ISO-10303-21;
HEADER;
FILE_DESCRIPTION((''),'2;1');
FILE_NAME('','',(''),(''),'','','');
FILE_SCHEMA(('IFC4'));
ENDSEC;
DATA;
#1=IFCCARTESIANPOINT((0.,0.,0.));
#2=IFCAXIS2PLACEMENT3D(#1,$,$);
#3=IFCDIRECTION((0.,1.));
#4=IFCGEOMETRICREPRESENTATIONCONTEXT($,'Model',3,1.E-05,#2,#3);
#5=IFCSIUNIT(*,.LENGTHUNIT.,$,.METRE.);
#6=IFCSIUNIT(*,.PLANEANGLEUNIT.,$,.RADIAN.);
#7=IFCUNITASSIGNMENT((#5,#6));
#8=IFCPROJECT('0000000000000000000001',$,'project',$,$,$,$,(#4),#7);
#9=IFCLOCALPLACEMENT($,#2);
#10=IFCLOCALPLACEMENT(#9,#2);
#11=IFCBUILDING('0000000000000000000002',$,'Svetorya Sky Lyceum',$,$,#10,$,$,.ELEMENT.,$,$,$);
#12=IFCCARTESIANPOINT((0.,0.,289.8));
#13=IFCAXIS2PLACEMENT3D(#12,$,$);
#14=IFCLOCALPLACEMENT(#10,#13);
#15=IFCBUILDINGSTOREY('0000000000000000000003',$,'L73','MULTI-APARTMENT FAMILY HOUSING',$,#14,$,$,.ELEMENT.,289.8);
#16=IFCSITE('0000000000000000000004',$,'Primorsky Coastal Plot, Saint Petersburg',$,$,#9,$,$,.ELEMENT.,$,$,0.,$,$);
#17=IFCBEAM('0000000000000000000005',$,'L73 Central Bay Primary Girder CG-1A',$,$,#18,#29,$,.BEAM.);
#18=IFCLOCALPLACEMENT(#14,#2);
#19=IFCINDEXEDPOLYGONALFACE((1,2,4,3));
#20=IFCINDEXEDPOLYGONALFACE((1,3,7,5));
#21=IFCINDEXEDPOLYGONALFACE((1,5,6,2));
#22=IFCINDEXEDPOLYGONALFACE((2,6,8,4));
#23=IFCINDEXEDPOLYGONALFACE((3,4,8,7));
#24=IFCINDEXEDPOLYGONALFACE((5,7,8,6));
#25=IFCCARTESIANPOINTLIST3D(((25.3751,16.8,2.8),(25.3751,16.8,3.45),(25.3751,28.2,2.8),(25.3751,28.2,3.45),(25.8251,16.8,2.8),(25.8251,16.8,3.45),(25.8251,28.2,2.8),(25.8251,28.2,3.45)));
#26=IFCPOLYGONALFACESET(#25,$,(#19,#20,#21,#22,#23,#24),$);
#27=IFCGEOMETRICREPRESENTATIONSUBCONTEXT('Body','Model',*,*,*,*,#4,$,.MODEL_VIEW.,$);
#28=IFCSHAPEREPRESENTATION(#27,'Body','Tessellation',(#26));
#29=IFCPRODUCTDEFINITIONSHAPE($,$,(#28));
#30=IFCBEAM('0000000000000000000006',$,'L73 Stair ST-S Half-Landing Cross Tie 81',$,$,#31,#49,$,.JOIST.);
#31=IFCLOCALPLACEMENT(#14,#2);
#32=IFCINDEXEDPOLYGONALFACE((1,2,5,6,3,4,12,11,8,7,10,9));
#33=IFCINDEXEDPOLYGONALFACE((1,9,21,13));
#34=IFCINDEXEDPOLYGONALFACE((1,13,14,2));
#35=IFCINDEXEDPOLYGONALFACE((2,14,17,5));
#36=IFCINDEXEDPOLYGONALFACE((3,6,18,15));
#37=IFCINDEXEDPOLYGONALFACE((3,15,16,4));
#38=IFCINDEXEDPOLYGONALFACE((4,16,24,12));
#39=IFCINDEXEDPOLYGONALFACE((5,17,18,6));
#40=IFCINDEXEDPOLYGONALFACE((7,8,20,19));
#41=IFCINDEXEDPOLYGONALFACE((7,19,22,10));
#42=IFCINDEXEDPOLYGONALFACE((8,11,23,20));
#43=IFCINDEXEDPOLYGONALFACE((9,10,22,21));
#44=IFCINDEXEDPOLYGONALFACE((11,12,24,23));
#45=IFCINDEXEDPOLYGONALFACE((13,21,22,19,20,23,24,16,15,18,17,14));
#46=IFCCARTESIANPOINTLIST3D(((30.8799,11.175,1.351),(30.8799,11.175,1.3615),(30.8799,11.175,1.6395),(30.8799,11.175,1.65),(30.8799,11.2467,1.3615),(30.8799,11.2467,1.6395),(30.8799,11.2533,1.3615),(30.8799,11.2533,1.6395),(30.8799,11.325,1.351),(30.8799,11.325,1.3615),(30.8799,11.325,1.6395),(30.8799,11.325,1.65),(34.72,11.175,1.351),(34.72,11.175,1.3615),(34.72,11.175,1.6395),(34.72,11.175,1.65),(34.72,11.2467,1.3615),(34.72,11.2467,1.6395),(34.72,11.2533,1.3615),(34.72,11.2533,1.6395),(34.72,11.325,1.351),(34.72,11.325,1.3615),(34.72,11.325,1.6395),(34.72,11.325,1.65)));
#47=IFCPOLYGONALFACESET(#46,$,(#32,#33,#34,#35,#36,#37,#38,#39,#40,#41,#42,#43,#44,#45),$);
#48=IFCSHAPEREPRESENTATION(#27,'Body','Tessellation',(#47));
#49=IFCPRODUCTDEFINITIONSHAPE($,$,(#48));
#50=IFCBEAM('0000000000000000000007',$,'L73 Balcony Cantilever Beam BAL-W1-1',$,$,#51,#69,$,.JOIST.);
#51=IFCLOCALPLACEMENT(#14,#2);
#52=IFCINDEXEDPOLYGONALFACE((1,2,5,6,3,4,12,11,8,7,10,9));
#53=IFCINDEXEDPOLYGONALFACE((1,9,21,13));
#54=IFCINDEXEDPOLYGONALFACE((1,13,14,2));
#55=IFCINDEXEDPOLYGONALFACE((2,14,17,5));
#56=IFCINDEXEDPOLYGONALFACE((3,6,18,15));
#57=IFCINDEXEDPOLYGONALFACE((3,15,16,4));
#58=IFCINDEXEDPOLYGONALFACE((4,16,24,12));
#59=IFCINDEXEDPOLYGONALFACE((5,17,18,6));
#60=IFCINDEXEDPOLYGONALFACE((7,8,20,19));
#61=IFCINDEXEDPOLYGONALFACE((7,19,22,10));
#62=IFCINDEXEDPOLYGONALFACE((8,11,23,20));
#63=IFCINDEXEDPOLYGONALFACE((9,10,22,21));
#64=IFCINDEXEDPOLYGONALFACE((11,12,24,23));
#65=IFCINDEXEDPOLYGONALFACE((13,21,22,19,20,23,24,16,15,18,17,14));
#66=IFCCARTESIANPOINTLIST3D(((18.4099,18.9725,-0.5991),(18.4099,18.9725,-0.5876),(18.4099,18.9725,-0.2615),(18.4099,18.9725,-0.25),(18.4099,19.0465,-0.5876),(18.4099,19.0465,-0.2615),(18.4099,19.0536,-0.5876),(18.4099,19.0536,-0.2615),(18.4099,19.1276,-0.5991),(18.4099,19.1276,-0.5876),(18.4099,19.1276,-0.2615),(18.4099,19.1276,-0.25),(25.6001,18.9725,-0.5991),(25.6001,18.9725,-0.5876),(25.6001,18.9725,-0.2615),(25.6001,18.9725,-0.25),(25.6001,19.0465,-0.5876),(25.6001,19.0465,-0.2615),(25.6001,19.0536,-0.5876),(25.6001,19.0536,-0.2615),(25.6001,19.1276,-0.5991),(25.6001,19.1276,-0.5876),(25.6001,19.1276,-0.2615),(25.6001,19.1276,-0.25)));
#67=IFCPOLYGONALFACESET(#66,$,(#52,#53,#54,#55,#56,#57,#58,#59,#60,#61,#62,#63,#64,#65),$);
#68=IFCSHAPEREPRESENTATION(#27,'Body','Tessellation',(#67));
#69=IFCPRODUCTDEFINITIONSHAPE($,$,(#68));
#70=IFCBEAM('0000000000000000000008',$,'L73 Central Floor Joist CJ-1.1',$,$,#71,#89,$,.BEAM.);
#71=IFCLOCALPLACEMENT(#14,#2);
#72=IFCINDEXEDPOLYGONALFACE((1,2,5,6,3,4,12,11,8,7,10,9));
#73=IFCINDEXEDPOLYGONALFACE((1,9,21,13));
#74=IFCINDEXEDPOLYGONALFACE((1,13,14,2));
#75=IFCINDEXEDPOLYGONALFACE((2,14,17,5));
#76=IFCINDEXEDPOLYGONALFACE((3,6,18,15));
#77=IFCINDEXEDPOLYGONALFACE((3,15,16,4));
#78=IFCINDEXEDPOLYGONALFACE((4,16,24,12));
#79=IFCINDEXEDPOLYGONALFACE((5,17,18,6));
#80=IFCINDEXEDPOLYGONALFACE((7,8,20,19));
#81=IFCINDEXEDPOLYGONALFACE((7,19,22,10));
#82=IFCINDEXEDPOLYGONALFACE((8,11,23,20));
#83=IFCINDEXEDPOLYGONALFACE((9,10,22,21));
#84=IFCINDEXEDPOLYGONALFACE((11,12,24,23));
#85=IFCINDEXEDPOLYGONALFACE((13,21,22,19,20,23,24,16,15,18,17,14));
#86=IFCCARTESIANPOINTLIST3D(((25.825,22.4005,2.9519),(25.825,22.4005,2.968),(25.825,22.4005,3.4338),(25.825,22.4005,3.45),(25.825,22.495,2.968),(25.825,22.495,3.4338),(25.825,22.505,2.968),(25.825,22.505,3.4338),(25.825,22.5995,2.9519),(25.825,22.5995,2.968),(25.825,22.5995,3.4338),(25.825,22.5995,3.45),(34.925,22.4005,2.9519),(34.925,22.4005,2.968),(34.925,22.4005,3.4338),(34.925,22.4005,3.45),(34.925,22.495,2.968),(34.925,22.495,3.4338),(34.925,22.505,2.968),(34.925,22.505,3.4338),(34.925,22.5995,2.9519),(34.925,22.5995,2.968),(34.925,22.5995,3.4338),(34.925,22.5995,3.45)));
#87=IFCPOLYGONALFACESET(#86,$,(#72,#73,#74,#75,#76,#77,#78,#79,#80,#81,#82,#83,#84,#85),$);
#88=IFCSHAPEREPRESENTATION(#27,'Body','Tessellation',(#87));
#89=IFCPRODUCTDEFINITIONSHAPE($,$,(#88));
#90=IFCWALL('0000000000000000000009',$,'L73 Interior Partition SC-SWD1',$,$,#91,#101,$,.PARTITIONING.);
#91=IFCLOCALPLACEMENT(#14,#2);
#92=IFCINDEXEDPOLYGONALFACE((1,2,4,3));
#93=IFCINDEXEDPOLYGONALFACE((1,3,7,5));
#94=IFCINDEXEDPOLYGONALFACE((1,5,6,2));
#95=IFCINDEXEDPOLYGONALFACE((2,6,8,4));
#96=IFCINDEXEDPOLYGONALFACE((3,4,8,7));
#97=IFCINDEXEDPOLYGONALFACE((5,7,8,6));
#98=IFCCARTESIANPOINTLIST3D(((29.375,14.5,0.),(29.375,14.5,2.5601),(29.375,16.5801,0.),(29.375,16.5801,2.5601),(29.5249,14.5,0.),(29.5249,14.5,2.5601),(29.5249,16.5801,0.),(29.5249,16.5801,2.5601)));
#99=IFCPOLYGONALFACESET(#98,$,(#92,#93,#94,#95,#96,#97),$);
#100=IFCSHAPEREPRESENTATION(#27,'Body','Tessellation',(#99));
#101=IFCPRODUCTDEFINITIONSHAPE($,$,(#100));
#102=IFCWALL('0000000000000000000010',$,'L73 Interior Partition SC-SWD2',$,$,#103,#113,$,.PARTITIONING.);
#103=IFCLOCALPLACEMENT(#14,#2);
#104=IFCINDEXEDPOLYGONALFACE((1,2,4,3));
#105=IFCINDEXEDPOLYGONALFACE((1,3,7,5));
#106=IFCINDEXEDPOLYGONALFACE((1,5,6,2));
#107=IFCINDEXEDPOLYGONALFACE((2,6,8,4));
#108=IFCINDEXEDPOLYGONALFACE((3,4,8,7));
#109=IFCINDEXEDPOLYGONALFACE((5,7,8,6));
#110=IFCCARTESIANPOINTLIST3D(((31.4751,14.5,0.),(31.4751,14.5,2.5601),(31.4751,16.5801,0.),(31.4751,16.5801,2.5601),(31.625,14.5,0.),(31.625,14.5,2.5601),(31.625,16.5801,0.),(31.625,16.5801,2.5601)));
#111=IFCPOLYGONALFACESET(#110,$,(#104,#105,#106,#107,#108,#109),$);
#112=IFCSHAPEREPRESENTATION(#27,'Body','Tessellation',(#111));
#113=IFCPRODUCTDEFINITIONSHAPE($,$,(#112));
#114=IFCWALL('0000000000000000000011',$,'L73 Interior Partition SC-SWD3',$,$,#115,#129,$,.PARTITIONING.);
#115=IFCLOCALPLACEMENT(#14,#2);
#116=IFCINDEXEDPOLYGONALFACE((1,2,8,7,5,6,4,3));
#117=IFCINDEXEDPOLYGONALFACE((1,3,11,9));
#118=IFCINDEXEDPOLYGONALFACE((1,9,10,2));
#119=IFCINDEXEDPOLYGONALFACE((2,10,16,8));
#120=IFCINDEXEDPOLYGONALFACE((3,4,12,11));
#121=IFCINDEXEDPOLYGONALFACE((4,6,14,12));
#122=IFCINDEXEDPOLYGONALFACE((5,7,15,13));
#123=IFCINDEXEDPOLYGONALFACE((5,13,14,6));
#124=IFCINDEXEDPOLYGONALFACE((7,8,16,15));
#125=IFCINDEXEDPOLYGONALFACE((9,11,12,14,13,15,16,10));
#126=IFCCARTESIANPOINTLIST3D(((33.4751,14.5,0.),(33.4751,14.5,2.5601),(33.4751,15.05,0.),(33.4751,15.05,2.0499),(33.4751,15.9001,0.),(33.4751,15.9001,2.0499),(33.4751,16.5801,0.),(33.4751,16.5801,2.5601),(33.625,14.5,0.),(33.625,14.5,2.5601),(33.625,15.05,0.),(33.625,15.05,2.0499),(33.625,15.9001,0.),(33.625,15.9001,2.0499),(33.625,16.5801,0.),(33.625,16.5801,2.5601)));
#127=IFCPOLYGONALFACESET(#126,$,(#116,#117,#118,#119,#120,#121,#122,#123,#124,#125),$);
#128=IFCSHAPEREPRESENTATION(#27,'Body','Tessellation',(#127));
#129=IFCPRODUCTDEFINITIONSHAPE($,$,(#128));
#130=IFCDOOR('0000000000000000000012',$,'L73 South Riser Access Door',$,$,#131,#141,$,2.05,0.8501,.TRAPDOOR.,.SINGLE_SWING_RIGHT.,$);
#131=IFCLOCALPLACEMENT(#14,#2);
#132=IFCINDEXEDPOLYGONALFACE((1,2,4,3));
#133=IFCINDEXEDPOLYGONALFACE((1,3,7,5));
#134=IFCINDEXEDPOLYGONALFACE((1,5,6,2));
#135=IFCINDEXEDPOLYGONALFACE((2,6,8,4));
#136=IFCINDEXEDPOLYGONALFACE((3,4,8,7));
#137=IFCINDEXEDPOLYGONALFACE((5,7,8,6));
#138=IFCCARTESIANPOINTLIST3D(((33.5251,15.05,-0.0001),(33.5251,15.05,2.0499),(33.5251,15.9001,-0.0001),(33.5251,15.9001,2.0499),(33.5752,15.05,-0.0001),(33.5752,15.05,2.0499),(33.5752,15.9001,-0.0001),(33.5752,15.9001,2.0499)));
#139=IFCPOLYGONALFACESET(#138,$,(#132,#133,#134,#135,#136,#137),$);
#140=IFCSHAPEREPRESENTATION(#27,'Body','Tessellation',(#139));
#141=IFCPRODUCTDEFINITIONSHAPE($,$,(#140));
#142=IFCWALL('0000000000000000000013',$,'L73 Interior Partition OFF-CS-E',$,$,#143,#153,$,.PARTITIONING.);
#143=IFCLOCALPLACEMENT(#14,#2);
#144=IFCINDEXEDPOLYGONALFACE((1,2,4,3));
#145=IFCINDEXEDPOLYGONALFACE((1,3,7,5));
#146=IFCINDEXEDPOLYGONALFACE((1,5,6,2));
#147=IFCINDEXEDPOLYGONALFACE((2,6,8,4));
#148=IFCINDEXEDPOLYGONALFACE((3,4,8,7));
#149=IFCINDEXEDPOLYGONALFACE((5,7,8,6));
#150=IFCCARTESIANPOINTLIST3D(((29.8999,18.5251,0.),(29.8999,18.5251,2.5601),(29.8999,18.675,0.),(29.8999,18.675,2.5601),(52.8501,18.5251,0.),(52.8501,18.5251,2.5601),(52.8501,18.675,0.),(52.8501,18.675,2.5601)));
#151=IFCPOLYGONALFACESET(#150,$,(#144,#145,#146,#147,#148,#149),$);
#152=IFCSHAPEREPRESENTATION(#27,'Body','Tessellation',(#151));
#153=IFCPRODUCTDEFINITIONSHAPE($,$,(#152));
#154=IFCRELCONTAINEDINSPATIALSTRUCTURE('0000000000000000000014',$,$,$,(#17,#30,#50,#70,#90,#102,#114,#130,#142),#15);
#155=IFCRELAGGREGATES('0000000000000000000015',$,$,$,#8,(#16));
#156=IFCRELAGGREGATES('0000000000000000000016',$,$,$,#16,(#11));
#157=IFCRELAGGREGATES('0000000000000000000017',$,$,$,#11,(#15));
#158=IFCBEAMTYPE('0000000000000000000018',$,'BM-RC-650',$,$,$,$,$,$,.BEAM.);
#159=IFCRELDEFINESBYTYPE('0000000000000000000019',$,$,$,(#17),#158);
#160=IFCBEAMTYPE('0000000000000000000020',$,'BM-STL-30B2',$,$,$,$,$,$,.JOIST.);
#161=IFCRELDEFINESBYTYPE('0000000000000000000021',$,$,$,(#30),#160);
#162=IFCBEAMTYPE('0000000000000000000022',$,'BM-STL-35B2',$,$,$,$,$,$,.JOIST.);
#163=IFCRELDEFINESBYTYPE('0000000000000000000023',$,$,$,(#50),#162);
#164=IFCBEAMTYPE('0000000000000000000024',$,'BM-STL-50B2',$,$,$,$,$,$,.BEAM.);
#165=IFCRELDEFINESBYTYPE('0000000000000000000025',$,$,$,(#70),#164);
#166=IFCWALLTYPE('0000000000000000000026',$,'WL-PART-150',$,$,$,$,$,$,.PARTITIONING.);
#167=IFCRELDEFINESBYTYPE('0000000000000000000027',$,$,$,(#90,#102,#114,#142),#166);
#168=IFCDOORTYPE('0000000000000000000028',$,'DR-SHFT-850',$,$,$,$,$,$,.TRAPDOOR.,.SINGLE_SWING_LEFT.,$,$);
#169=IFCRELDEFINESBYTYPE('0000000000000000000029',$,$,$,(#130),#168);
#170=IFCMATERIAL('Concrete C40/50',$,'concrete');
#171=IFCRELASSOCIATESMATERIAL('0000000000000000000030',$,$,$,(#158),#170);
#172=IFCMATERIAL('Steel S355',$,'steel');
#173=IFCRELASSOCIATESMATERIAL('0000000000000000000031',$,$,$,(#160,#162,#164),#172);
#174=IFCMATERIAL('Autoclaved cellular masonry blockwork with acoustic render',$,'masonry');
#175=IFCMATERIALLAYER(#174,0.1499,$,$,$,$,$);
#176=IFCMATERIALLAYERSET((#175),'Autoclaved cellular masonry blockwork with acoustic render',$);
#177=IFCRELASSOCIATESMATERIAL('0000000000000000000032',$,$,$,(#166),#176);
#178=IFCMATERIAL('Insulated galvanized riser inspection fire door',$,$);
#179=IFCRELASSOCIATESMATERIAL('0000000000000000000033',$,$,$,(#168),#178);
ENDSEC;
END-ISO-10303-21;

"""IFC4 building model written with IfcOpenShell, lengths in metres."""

from ifc_helpers import new_model, si_unit, direction, frame, frame_2d, origin, origin_2d, place, context, subcontext, project, spatial, rectangle, i_section, extrude, material, layer, layer_set, material_profile, profile_set, type_object, element, fill, save


model = new_model("IFC4")

# Units and contexts
model_context = context("Model", 3, precision=1e-05, world=origin(), true_north=direction((0.0, 1.0)))
body_context = subcontext(model_context, "Body", "Model", "MODEL_VIEW")
ifc_project = project(units=[si_unit("LENGTHUNIT", "METRE"), si_unit("PLANEANGLEUNIT", "RADIAN")], contexts=[model_context])

# Site, building, storey
site_placement = place(None, origin())
site = spatial("IfcSite", under=ifc_project, at=site_placement, Name="Primorsky Coastal Plot, Saint Petersburg", CompositionType="ELEMENT", RefElevation=0.0)
building_placement = place(site_placement, origin())
building = spatial("IfcBuilding", under=site, at=building_placement, Name="Svetorya Sky Lyceum", CompositionType="ELEMENT")
storey_placement = place(building_placement, frame((0.0, 0.0, 289.8)))
storey = spatial("IfcBuildingStorey", under=building, at=storey_placement, Name="L73", Description="MULTI-APARTMENT FAMILY HOUSING", CompositionType="ELEMENT", Elevation=289.8)

# Beams
ifc_material_1 = material(Name="Concrete C40/50", Category="concrete")
ifc_material_profile_1 = material_profile(ifc_material_1, rectangle(XDim=0.45, YDim=0.6499, at=origin_2d()), Name="RC BEAM 450x650")
ifc_profile_set_1 = profile_set([ifc_material_profile_1], Name="Concrete C40/50")
beam_type_1 = type_object("IfcBeamType", Name="BM-RC-650", PredefinedType="BEAM", material=ifc_profile_set_1)
beam_1_placement = place(storey_placement, frame((25.6001, 16.8, 3.125), z_axis=(0.0, 1.0, 0.0), x_axis=(-1.0, 0.0, 0.0)))
element("IfcBeam", 1, at=beam_1_placement, inside=storey, type_object=beam_type_1, Name="L73 Central Bay Primary Girder CG-1A", PredefinedType="BEAM", context=body_context, shape_type="SweptSolid", body=[
    extrude(rectangle(XDim=0.45, YDim=0.6499, at=origin_2d()), origin(), (0.0, 0.0, 1.0), 11.3999),
])
ifc_material_2 = material(Name="Steel S355", Category="steel")
ifc_material_profile_2 = material_profile(ifc_material_2, i_section(OverallWidth=0.1499, OverallDepth=0.2991, WebThickness=0.0066, FlangeThickness=0.0105, at=origin_2d()), Name="GOST 30B2")
ifc_profile_set_2 = profile_set([ifc_material_profile_2], Name="Steel S355")
beam_type_2 = type_object("IfcBeamType", Name="BM-STL-30B2", PredefinedType="JOIST", material=ifc_profile_set_2)
beam_2_placement = place(storey_placement, frame((30.8799, 11.25, 1.5005), z_axis=(1.0, 0.0, 0.0), x_axis=(0.0, 1.0, 0.0)))
element("IfcBeam", 2, at=beam_2_placement, inside=storey, type_object=beam_type_2, Name="L73 Stair ST-S Half-Landing Cross Tie 81", PredefinedType="JOIST", context=body_context, shape_type="SweptSolid", body=[
    extrude(i_section(OverallWidth=0.1499, OverallDepth=0.2991, WebThickness=0.0066, FlangeThickness=0.0105, at=origin_2d()), origin(), (0.0, 0.0, 1.0), 3.8401),
])
ifc_material_profile_3 = material_profile(ifc_material_2, i_section(OverallWidth=0.155, OverallDepth=0.3491, WebThickness=0.0071, FlangeThickness=0.0115, at=origin_2d()), Name="GOST 35B2")
ifc_profile_set_3 = profile_set([ifc_material_profile_3], Name="Steel S355")
beam_type_3 = type_object("IfcBeamType", Name="BM-STL-35B2", PredefinedType="JOIST", material=ifc_profile_set_3)
beam_3_placement = place(storey_placement, frame((25.6001, 19.05, -0.4246), z_axis=(-1.0, 0.0, 0.0), x_axis=(0.0, -1.0, 0.0)))
element("IfcBeam", 3, at=beam_3_placement, inside=storey, type_object=beam_type_3, Name="L73 Balcony Cantilever Beam BAL-W1-1", PredefinedType="JOIST", context=body_context, shape_type="SweptSolid", body=[
    extrude(i_section(OverallWidth=0.155, OverallDepth=0.3491, WebThickness=0.0071, FlangeThickness=0.0115, at=origin_2d()), origin(), (0.0, 0.0, 1.0), 7.1902),
])
ifc_material_profile_4 = material_profile(ifc_material_2, i_section(OverallWidth=0.199, OverallDepth=0.498, WebThickness=0.01, FlangeThickness=0.0161, at=origin_2d()), Name="GOST 50B2")
ifc_profile_set_4 = profile_set([ifc_material_profile_4], Name="Steel S355")
beam_type_4 = type_object("IfcBeamType", Name="BM-STL-50B2", PredefinedType="BEAM", material=ifc_profile_set_4)
beam_4_placement = place(storey_placement, frame((25.825, 22.5, 3.2009), z_axis=(1.0, 0.0, 0.0), x_axis=(0.0, 1.0, 0.0)))
element("IfcBeam", 4, at=beam_4_placement, inside=storey, type_object=beam_type_4, Name="L73 Central Floor Joist CJ-1.1", PredefinedType="BEAM", context=body_context, shape_type="SweptSolid", body=[
    extrude(i_section(OverallWidth=0.199, OverallDepth=0.498, WebThickness=0.01, FlangeThickness=0.0161, at=origin_2d()), origin(), (0.0, 0.0, 1.0), 9.1001),
])

# Walls
ifc_material_3 = material(Name="Autoclaved cellular masonry blockwork with acoustic render", Category="masonry")
ifc_layer = layer(ifc_material_3, 0.1499)
ifc_layer_set = layer_set([ifc_layer], Name="Autoclaved cellular masonry blockwork with acoustic render")
wall_type = type_object("IfcWallType", Name="WL-PART-150", PredefinedType="PARTITIONING", material=ifc_layer_set)
for number, where, z_axis, x_axis, name in (
    (5, (29.45, 14.5, 0.0), (0.0, 0.0, 1.0), (0.0, 1.0, 0.0), "L73 Interior Partition SC-SWD1"),
    (6, (31.55, 14.5, 0.0), (0.0, 0.0, 1.0), (0.0, 1.0, 0.0), "L73 Interior Partition SC-SWD2"),
):
    element("IfcWall", number, at=place(storey_placement, frame(where, z_axis=z_axis, x_axis=x_axis)), inside=storey, type_object=wall_type, Name=name, PredefinedType="PARTITIONING", context=body_context, shape_type="SweptSolid", body=[
        extrude(rectangle(XDim=2.0801, YDim=0.1499, at=frame_2d((1.04, 0.0))), origin(), (0.0, 0.0, 1.0), 2.5601),
    ])

# Wall, opening, door
wall_1_placement = place(storey_placement, frame((33.55, 14.5, 0.0), z_axis=(0.0, 0.0, 1.0), x_axis=(0.0, 1.0, 0.0)))
wall_1 = element("IfcWall", 7, at=wall_1_placement, inside=storey, type_object=wall_type, Name="L73 Interior Partition SC-SWD3", PredefinedType="PARTITIONING", context=body_context, shape_type="SweptSolid", body=[
    extrude(rectangle(XDim=2.0801, YDim=0.1499, at=frame_2d((1.04, 0.0))), origin(), (0.0, 0.0, 1.0), 2.5601),
])
opening_1_placement = place(wall_1_placement, frame((0.55, 0.0, 0.0)))
opening_1 = element("IfcOpeningElement", 8, at=opening_1_placement, cuts=wall_1, PredefinedType="OPENING", context=body_context, shape_type="SweptSolid", body=[
    extrude(rectangle(XDim=0.8501, YDim=2.05, at=frame_2d((0.425, 1.0249))), frame((0.0, 0.085, 0.0), z_axis=(0.0, -1.0, 0.0), x_axis=(1.0, 0.0, 0.0)), (0.0, 0.0, 1.0), 0.1699),
])
ifc_material_4 = material(Name="Insulated galvanized riser inspection fire door")
door_type_1 = type_object("IfcDoorType", Name="DR-SHFT-850", OperationType="SINGLE_SWING_LEFT", PredefinedType="TRAPDOOR", material=ifc_material_4)
door_1_placement = place(opening_1_placement, origin())
door_1 = element("IfcDoor", 9, at=door_1_placement, inside=storey, type_object=door_type_1, Name="L73 South Riser Access Door", OperationType="SINGLE_SWING_RIGHT", OverallHeight=2.05, OverallWidth=0.8501, PredefinedType="TRAPDOOR", context=body_context, shape_type="SweptSolid", body=[
    extrude(rectangle(XDim=0.8501, YDim=2.05, at=frame_2d((0.425, 1.0249))), frame((0.0, 0.0249, 0.0), z_axis=(0.0, -1.0, 0.0), x_axis=(1.0, 0.0, 0.0)), (0.0, 0.0, 1.0), 0.05),
])
fill(opening_1, door_1)

# Wall
wall_2_placement = place(storey_placement, frame((29.8999, 18.6001, 0.0), z_axis=(0.0, 0.0, 1.0), x_axis=(1.0, 0.0, 0.0)))
element("IfcWall", 10, at=wall_2_placement, inside=storey, type_object=wall_type, Name="L73 Interior Partition OFF-CS-E", PredefinedType="PARTITIONING", context=body_context, shape_type="SweptSolid", body=[
    extrude(rectangle(XDim=22.9502, YDim=0.1499, at=frame_2d((11.4751, 0.0))), origin(), (0.0, 0.0, 1.0), 2.5601),
])

save(model, "model.ifc")
